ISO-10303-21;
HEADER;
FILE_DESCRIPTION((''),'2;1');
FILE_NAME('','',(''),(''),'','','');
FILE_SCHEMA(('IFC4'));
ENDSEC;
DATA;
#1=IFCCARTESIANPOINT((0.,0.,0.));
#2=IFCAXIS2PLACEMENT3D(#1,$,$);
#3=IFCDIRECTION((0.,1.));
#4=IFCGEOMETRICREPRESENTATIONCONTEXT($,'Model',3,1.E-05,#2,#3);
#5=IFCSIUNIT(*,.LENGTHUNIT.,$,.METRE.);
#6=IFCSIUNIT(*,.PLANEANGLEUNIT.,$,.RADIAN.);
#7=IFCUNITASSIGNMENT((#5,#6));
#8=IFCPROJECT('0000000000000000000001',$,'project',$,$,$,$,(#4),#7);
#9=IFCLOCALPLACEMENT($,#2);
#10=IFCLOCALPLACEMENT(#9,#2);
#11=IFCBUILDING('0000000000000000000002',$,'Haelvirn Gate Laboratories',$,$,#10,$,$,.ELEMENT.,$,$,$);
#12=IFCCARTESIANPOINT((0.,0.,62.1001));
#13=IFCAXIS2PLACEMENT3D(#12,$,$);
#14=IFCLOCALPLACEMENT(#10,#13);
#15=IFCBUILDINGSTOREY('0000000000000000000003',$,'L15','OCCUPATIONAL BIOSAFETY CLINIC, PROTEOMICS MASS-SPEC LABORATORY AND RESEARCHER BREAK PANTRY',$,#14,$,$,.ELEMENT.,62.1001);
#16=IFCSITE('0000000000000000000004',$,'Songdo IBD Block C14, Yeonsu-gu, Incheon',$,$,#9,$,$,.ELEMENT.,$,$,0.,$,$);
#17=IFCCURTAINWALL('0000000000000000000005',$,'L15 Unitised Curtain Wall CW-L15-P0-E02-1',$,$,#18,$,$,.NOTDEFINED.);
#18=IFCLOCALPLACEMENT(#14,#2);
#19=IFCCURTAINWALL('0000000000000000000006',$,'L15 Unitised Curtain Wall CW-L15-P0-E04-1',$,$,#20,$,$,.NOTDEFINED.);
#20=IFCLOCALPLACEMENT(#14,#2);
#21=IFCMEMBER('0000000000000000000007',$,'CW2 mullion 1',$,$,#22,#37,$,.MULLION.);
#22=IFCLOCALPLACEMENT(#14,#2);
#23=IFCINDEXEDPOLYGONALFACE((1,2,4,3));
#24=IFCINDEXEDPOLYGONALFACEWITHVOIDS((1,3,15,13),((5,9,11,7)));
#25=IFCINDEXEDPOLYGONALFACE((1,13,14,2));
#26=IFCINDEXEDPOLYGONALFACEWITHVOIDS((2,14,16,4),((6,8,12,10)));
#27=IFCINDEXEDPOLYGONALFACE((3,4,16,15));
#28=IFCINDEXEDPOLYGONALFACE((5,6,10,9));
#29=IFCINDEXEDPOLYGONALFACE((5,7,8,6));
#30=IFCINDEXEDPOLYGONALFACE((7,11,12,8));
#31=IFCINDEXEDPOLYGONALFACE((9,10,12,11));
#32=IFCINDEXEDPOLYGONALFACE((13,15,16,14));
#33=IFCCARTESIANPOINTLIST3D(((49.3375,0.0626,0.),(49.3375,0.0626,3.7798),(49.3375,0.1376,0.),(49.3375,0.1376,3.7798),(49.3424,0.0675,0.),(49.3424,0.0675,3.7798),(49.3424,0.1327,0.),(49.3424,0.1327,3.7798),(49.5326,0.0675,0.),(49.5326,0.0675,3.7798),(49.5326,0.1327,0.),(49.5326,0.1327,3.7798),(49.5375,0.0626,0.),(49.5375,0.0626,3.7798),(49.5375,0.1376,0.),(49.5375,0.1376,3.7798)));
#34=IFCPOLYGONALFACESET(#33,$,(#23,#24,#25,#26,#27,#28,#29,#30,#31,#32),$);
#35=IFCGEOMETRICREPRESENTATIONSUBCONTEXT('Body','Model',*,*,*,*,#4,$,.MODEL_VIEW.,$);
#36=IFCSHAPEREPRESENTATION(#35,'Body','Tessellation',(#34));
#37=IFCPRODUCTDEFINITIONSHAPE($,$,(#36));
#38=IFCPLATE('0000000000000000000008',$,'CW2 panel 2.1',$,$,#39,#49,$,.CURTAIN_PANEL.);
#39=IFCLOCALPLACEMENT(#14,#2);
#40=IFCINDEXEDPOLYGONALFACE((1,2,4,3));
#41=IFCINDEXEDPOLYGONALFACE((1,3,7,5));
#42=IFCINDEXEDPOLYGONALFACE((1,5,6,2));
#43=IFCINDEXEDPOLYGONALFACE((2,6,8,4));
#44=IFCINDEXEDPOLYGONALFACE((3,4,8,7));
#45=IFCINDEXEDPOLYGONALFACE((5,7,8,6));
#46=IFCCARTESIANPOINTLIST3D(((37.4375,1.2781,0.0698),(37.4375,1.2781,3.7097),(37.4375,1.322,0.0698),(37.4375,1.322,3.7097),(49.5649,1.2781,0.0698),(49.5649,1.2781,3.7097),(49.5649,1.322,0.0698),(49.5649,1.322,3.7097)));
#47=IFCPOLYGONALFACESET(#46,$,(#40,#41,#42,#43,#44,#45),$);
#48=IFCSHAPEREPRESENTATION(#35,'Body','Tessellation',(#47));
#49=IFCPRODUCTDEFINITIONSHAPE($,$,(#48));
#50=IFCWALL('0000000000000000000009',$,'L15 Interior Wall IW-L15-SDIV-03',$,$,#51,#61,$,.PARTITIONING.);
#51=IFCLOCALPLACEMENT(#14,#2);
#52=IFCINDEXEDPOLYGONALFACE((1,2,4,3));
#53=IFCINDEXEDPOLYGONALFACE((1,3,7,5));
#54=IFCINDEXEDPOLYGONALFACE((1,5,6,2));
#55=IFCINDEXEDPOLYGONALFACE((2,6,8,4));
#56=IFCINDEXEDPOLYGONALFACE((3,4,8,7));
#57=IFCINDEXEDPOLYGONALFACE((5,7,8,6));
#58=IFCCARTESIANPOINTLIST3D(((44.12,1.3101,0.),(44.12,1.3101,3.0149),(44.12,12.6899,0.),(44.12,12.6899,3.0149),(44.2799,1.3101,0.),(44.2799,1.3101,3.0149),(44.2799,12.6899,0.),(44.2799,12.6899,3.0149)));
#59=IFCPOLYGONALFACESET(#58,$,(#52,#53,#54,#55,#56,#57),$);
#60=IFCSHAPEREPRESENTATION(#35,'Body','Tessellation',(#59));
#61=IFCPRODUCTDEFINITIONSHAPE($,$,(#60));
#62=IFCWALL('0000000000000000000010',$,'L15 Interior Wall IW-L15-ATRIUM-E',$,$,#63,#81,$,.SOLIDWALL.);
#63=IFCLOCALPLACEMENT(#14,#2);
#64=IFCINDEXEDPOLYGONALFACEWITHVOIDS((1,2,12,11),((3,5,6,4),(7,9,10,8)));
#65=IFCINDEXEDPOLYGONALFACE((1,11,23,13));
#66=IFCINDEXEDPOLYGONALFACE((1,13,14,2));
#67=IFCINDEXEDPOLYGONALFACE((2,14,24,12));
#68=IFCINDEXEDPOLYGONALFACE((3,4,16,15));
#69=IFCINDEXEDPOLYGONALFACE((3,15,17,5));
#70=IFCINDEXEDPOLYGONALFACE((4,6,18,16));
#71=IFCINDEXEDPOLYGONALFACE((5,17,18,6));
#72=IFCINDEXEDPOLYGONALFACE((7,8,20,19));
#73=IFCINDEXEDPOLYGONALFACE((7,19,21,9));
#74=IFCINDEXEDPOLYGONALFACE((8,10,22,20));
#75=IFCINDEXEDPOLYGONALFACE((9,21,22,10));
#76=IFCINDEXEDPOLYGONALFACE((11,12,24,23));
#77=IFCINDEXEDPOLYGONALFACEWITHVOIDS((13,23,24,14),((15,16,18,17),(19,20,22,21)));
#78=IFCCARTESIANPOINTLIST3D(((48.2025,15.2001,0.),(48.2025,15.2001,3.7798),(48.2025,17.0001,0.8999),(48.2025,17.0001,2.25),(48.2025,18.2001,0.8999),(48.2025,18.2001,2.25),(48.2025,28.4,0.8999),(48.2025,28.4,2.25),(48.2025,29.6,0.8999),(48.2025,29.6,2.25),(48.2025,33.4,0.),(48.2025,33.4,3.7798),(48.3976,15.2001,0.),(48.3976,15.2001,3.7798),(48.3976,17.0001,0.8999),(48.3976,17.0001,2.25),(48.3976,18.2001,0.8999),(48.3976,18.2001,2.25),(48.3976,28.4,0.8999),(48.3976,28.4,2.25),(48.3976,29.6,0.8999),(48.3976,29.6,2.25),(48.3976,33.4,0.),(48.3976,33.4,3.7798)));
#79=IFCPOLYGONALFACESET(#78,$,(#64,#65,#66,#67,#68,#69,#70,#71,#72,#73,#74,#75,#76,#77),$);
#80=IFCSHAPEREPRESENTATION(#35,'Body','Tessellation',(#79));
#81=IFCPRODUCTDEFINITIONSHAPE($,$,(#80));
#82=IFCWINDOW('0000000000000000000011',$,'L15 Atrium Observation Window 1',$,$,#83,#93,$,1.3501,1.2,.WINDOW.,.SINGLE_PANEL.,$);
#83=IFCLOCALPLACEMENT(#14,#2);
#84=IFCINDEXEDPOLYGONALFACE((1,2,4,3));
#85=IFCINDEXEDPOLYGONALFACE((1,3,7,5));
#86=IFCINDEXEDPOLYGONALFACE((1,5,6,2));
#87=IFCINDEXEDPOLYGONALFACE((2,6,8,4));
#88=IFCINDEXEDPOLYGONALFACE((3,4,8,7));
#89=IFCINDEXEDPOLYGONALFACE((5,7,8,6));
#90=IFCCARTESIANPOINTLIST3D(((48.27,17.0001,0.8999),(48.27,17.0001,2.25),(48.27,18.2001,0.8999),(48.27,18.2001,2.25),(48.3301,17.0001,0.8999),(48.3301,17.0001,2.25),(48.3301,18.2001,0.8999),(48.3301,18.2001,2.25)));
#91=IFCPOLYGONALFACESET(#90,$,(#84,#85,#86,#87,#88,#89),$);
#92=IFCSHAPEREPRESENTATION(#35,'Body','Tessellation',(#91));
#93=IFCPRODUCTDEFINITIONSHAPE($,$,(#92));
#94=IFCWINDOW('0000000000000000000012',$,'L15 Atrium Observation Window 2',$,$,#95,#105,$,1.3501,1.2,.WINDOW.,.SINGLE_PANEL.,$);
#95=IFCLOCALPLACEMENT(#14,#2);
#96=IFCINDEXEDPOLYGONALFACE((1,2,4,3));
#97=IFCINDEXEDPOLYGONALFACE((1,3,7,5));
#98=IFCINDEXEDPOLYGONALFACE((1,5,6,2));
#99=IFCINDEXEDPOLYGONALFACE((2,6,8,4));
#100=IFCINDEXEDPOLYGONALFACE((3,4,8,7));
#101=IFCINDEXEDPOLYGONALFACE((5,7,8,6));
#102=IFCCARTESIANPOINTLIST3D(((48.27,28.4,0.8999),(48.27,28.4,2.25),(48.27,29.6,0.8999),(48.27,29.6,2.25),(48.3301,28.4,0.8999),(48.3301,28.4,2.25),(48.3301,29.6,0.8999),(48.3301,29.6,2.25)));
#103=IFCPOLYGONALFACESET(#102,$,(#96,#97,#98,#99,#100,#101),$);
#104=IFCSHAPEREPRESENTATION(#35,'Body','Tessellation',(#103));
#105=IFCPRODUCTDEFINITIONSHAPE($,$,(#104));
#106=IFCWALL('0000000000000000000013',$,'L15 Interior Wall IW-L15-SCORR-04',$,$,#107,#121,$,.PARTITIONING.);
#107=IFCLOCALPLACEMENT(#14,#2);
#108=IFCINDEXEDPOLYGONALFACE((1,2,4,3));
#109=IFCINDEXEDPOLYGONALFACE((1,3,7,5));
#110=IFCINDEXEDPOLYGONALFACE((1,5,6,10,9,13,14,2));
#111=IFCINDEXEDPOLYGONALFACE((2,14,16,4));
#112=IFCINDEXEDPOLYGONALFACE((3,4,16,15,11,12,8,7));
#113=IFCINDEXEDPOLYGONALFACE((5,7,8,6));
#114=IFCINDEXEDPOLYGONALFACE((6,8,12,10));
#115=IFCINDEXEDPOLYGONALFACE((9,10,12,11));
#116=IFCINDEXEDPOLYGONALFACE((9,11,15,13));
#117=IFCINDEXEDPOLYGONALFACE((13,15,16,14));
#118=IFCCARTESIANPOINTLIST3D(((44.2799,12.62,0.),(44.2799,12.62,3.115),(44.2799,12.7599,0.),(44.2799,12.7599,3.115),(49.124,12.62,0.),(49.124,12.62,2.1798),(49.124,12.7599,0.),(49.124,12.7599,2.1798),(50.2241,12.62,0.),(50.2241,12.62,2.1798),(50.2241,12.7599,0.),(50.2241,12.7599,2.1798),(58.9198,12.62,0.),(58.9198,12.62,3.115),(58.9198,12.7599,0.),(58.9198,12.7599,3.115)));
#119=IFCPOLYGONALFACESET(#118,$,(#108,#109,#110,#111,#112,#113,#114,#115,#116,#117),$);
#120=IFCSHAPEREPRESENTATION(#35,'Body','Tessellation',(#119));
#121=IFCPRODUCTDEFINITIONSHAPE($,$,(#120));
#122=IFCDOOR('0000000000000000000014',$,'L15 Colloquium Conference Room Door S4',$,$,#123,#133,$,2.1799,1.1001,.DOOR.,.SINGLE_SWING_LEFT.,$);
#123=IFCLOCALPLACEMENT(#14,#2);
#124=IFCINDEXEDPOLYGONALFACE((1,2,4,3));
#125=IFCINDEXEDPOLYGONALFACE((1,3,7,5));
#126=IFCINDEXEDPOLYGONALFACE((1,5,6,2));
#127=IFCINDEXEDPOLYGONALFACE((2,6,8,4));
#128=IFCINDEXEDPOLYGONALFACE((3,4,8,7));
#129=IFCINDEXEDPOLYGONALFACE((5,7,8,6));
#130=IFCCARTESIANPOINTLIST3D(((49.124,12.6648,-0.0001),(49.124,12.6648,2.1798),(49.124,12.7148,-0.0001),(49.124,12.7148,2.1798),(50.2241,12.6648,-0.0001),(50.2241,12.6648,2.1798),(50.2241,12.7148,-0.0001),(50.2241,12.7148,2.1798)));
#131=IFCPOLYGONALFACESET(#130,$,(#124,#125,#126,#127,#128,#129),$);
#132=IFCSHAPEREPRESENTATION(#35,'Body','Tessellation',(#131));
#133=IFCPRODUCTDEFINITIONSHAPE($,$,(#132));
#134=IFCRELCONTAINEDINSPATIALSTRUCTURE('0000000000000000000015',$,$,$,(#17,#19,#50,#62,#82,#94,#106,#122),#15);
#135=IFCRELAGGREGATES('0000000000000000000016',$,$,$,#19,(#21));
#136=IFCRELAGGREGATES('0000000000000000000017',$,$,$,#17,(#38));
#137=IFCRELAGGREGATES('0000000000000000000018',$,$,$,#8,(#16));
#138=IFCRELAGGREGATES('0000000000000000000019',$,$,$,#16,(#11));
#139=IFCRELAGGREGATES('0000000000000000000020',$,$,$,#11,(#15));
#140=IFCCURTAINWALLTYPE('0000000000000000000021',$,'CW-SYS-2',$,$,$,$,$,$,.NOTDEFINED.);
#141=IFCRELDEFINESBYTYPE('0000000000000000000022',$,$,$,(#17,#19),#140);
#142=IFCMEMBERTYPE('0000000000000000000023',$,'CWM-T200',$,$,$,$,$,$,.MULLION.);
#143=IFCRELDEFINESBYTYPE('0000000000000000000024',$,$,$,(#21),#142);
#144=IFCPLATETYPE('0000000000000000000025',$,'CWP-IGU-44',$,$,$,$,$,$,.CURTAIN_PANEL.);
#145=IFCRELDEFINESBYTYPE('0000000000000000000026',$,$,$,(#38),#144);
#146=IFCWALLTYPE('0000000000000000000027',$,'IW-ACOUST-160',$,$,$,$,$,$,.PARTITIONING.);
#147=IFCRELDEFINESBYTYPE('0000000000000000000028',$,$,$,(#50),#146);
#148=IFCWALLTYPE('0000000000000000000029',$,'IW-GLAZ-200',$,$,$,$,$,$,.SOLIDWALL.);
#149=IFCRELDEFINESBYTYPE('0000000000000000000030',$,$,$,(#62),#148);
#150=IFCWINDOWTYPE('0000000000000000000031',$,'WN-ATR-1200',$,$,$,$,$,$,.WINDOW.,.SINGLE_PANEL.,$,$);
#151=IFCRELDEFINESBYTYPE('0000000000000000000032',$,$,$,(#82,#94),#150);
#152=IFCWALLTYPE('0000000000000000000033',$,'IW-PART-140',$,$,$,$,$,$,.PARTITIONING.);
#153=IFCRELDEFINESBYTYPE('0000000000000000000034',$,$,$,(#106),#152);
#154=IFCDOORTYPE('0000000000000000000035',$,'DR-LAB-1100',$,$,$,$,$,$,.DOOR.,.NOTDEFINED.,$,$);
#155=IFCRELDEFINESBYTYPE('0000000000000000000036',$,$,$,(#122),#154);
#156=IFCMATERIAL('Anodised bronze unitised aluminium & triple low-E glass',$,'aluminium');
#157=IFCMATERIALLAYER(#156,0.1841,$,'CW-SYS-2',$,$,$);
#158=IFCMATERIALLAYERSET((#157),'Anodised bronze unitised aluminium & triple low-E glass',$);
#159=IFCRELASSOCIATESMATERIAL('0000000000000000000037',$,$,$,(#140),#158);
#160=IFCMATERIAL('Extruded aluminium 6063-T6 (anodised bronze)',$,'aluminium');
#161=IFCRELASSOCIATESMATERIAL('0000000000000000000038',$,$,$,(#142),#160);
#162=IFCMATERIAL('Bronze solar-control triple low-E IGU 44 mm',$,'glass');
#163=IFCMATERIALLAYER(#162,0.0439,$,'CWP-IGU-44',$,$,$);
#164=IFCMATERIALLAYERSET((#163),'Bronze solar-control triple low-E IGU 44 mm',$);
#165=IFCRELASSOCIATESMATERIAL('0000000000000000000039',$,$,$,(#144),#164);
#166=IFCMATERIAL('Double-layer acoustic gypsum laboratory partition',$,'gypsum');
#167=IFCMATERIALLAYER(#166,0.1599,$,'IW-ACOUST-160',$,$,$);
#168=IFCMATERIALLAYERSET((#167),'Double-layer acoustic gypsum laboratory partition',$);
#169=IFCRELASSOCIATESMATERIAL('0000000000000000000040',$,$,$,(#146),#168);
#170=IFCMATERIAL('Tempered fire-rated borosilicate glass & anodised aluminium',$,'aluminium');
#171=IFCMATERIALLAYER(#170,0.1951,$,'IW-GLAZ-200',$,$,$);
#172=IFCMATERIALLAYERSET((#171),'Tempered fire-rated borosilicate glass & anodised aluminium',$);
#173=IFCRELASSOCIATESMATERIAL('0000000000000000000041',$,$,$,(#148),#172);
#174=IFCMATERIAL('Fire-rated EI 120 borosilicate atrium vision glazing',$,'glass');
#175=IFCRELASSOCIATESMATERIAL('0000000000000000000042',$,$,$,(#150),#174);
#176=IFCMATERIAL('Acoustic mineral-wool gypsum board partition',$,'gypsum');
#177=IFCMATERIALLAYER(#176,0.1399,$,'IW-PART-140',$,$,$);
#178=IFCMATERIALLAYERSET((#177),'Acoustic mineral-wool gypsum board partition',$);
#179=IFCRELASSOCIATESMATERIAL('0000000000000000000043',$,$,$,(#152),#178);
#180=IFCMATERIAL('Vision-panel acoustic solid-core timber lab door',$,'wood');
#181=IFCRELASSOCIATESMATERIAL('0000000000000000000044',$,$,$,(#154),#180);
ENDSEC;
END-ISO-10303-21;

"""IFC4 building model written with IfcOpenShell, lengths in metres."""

from ifc_helpers import new_model, si_unit, direction, frame, frame_2d, origin, origin_2d, place, context, subcontext, project, spatial, rectangle, hollow_rectangle, extrude, source, transform, mapped, material, layer, layer_set, material_profile, profile_set, type_object, type_shapes, element, fill, aggregate, save


model = new_model("IFC4")

# Units and contexts
model_context = context("Model", 3, precision=1e-05, world=origin(), true_north=direction((0.0, 1.0)))
body_context = subcontext(model_context, "Body", "Model", "MODEL_VIEW")
ifc_project = project(units=[si_unit("LENGTHUNIT", "METRE"), si_unit("PLANEANGLEUNIT", "RADIAN")], contexts=[model_context])

# Site, building, storey
site_placement = place(None, origin())
site = spatial("IfcSite", under=ifc_project, at=site_placement, Name="Songdo IBD Block C14, Yeonsu-gu, Incheon", CompositionType="ELEMENT", RefElevation=0.0)
building_placement = place(site_placement, origin())
building = spatial("IfcBuilding", under=site, at=building_placement, Name="Haelvirn Gate Laboratories", CompositionType="ELEMENT")
storey_placement = place(building_placement, frame((0.0, 0.0, 62.1001)))
storey = spatial("IfcBuildingStorey", under=building, at=storey_placement, Name="L15", Description="OCCUPATIONAL BIOSAFETY CLINIC, PROTEOMICS MASS-SPEC LABORATORY AND RESEARCHER BREAK PANTRY", CompositionType="ELEMENT", Elevation=62.1001)

# Curtain walls
ifc_material_1 = material(Name="Anodised bronze unitised aluminium & triple low-E glass", Category="aluminium")
ifc_layer_1 = layer(ifc_material_1, 0.1841, Name="CW-SYS-2")
ifc_layer_set_1 = layer_set([ifc_layer_1], Name="Anodised bronze unitised aluminium & triple low-E glass")
curtain_wall_type = type_object("IfcCurtainWallType", Name="CW-SYS-2", PredefinedType="NOTDEFINED", material=ifc_layer_set_1)
curtain_wall_1_placement = place(storey_placement, origin())
curtain_wall_1 = element("IfcCurtainWall", 1, at=curtain_wall_1_placement, inside=storey, type_object=curtain_wall_type, Name="L15 Unitised Curtain Wall CW-L15-P0-E02-1", PredefinedType="NOTDEFINED")
ifc_material_2 = material(Name="Extruded aluminium 6063-T6 (anodised bronze)", Category="aluminium")
curtain_wall_2_placement = place(storey_placement, origin())
curtain_wall_2 = element("IfcCurtainWall", 2, at=curtain_wall_2_placement, inside=storey, type_object=curtain_wall_type, Name="L15 Unitised Curtain Wall CW-L15-P0-E04-1", PredefinedType="NOTDEFINED")

# Member
ifc_material_profile_1 = material_profile(ifc_material_2, hollow_rectangle(XDim=0.075, YDim=0.2, WallThickness=0.0049, at=origin_2d()), Name="CWM-200x75x5")
ifc_profile_set_1 = profile_set([ifc_material_profile_1], Name="Extruded aluminium 6063-T6 (anodised bronze)")
member_type_1 = type_object("IfcMemberType", Name="CWM-T200", PredefinedType="MULLION", material=ifc_profile_set_1)
shared_shape_1 = source(origin(), body_context, "Body", "SweptSolid", [
    extrude(hollow_rectangle(XDim=0.075, YDim=0.2, WallThickness=0.0049, at=origin_2d()), origin(), (0.0, 0.0, 1.0), 3.7798),
])
type_shapes(member_type_1, [shared_shape_1])
member_1_placement = place(storey_placement, frame((49.4375, 0.1001, 0.0), z_axis=(0.0, 0.0, 1.0), x_axis=(0.0, 1.0, 0.0)))
member_1 = element("IfcMember", 3, at=member_1_placement, type_object=member_type_1, Name="CW2 mullion 1", PredefinedType="MULLION", context=body_context, shape_type="MappedRepresentation", body=[
    mapped(shared_shape_1, transform((0.0, 0.0, 0.0), scale=1.0)),
])
aggregate(curtain_wall_2, [member_1])

# Plate
ifc_material_3 = material(Name="Bronze solar-control triple low-E IGU 44 mm", Category="glass")
ifc_layer_2 = layer(ifc_material_3, 0.0439, Name="CWP-IGU-44")
ifc_layer_set_2 = layer_set([ifc_layer_2], Name="Bronze solar-control triple low-E IGU 44 mm")
plate_type = type_object("IfcPlateType", Name="CWP-IGU-44", PredefinedType="CURTAIN_PANEL", material=ifc_layer_set_2)
shared_shape_2 = source(origin(), body_context, "Body", "SweptSolid", [
    extrude(rectangle(XDim=12.1274, YDim=0.0439, at=origin_2d()), origin(), (0.0, 0.0, 1.0), 3.6399),
])
type_shapes(plate_type, [shared_shape_2])
plate_placement = place(storey_placement, frame((43.5012, 1.3, 0.0698), z_axis=(0.0, 0.0, 1.0), x_axis=(1.0, 0.0, 0.0)))
plate = element("IfcPlate", 4, at=plate_placement, type_object=plate_type, Name="CW2 panel 2.1", PredefinedType="CURTAIN_PANEL", context=body_context, shape_type="MappedRepresentation", body=[
    mapped(shared_shape_2, transform((0.0, 0.0, 0.0), scale=1.0)),
])
aggregate(curtain_wall_1, [plate])

# Wall
ifc_material_4 = material(Name="Double-layer acoustic gypsum laboratory partition", Category="gypsum")
ifc_layer_3 = layer(ifc_material_4, 0.1599, Name="IW-ACOUST-160")
ifc_layer_set_3 = layer_set([ifc_layer_3], Name="Double-layer acoustic gypsum laboratory partition")
wall_type_1 = type_object("IfcWallType", Name="IW-ACOUST-160", PredefinedType="PARTITIONING", material=ifc_layer_set_3)
wall_1_placement = place(storey_placement, frame((44.2, 1.3101, 0.0), z_axis=(0.0, 0.0, 1.0), x_axis=(0.0, 1.0, 0.0)))
element("IfcWall", 5, at=wall_1_placement, inside=storey, type_object=wall_type_1, Name="L15 Interior Wall IW-L15-SDIV-03", PredefinedType="PARTITIONING", context=body_context, shape_type="SweptSolid", body=[
    extrude(rectangle(XDim=11.3799, YDim=0.1599, at=frame_2d((5.6899, 0.0))), origin(), (0.0, 0.0, 1.0), 3.0149),
])

# Wall, openings, windows
ifc_material_5 = material(Name="Tempered fire-rated borosilicate glass & anodised aluminium", Category="aluminium")
ifc_layer_4 = layer(ifc_material_5, 0.1951, Name="IW-GLAZ-200")
ifc_layer_set_4 = layer_set([ifc_layer_4], Name="Tempered fire-rated borosilicate glass & anodised aluminium")
wall_type_2 = type_object("IfcWallType", Name="IW-GLAZ-200", PredefinedType="SOLIDWALL", material=ifc_layer_set_4)
wall_2_placement = place(storey_placement, frame((48.3, 15.2, 0.0), z_axis=(0.0, 0.0, 1.0), x_axis=(0.0, 1.0, 0.0)))
wall_2 = element("IfcWall", 6, at=wall_2_placement, inside=storey, type_object=wall_type_2, Name="L15 Interior Wall IW-L15-ATRIUM-E", PredefinedType="SOLIDWALL", context=body_context, shape_type="SweptSolid", body=[
    extrude(rectangle(XDim=18.2, YDim=0.1951, at=frame_2d((9.1001, 0.0))), origin(), (0.0, 0.0, 1.0), 3.7798),
])
opening_1_placement = place(wall_2_placement, frame((1.8, 0.0, 0.8999)))
opening_1 = element("IfcOpeningElement", 7, at=opening_1_placement, cuts=wall_2, PredefinedType="OPENING", context=body_context, shape_type="SweptSolid", body=[
    extrude(rectangle(XDim=1.2, YDim=1.3501, at=frame_2d((0.6001, 0.675))), frame((0.0, 0.1074, 0.0), z_axis=(0.0, -1.0, 0.0), x_axis=(1.0, 0.0, 0.0)), (0.0, 0.0, 1.0), 0.2151),
])
opening_2_placement = place(wall_2_placement, frame((13.2, 0.0, 0.8999)))
opening_2 = element("IfcOpeningElement", 8, at=opening_2_placement, cuts=wall_2, PredefinedType="OPENING", context=body_context, shape_type="SweptSolid", body=[
    extrude(rectangle(XDim=1.2, YDim=1.3501, at=frame_2d((0.6001, 0.675))), frame((0.0, 0.1074, 0.0), z_axis=(0.0, -1.0, 0.0), x_axis=(1.0, 0.0, 0.0)), (0.0, 0.0, 1.0), 0.2151),
])
ifc_material_6 = material(Name="Fire-rated EI 120 borosilicate atrium vision glazing", Category="glass")
window_type = type_object("IfcWindowType", Name="WN-ATR-1200", PartitioningType="SINGLE_PANEL", PredefinedType="WINDOW", material=ifc_material_6)
shared_shape_3 = source(origin(), body_context, "Body", "SweptSolid", [
    extrude(rectangle(XDim=1.2, YDim=1.3501, at=frame_2d((0.6001, 0.675))), frame((0.0, 0.03, 0.0), z_axis=(0.0, -1.0, 0.0), x_axis=(1.0, 0.0, 0.0)), (0.0, 0.0, 1.0), 0.0601),
])
type_shapes(window_type, [shared_shape_3])
window_1_placement = place(opening_1_placement, origin())
window_1 = element("IfcWindow", 9, at=window_1_placement, inside=storey, type_object=window_type, Name="L15 Atrium Observation Window 1", OverallHeight=1.3501, OverallWidth=1.2, PartitioningType="SINGLE_PANEL", PredefinedType="WINDOW", context=body_context, shape_type="MappedRepresentation", body=[
    mapped(shared_shape_3, transform((0.0, 0.0, 0.0), scale=1.0)),
])
fill(opening_1, window_1)
window_2_placement = place(opening_2_placement, origin())
window_2 = element("IfcWindow", 10, at=window_2_placement, inside=storey, type_object=window_type, Name="L15 Atrium Observation Window 2", OverallHeight=1.3501, OverallWidth=1.2, PartitioningType="SINGLE_PANEL", PredefinedType="WINDOW", context=body_context, shape_type="MappedRepresentation", body=[
    mapped(shared_shape_3, transform((0.0, 0.0, 0.0), scale=1.0)),
])
fill(opening_2, window_2)

# Wall, opening, door
ifc_material_7 = material(Name="Acoustic mineral-wool gypsum board partition", Category="gypsum")
ifc_layer_5 = layer(ifc_material_7, 0.1399, Name="IW-PART-140")
ifc_layer_set_5 = layer_set([ifc_layer_5], Name="Acoustic mineral-wool gypsum board partition")
wall_type_3 = type_object("IfcWallType", Name="IW-PART-140", PredefinedType="PARTITIONING", material=ifc_layer_set_5)
wall_3_placement = place(storey_placement, frame((44.28, 12.6899, 0.0), z_axis=(0.0, 0.0, 1.0), x_axis=(1.0, 0.0, 0.0)))
wall_3 = element("IfcWall", 11, at=wall_3_placement, inside=storey, type_object=wall_type_3, Name="L15 Interior Wall IW-L15-SCORR-04", PredefinedType="PARTITIONING", context=body_context, shape_type="SweptSolid", body=[
    extrude(rectangle(XDim=14.6399, YDim=0.1399, at=frame_2d((7.3198, 0.0))), origin(), (0.0, 0.0, 1.0), 3.115),
])
opening_3_placement = place(wall_3_placement, frame((4.844, 0.0, 0.0)))
opening_3 = element("IfcOpeningElement", 12, at=opening_3_placement, cuts=wall_3, PredefinedType="OPENING", context=body_context, shape_type="SweptSolid", body=[
    extrude(rectangle(XDim=1.1001, YDim=2.1799, at=frame_2d((0.55, 1.0898))), frame((0.0, 0.0801, 0.0), z_axis=(0.0, -1.0, 0.0), x_axis=(1.0, 0.0, 0.0)), (0.0, 0.0, 1.0), 0.1599),
])
ifc_material_8 = material(Name="Vision-panel acoustic solid-core timber lab door", Category="wood")
door_type = type_object("IfcDoorType", Name="DR-LAB-1100", OperationType="NOTDEFINED", PredefinedType="DOOR", material=ifc_material_8)
shared_shape_4 = source(origin(), body_context, "Body", "SweptSolid", [
    extrude(rectangle(XDim=1.1001, YDim=2.1799, at=frame_2d((0.55, 1.0898))), frame((0.0, 0.0249, 0.0), z_axis=(0.0, -1.0, 0.0), x_axis=(1.0, 0.0, 0.0)), (0.0, 0.0, 1.0), 0.05),
])
type_shapes(door_type, [shared_shape_4])
door_placement = place(opening_3_placement, origin())
door = element("IfcDoor", 13, at=door_placement, inside=storey, type_object=door_type, Name="L15 Colloquium Conference Room Door S4", OperationType="SINGLE_SWING_LEFT", OverallHeight=2.1799, OverallWidth=1.1001, PredefinedType="DOOR", context=body_context, shape_type="MappedRepresentation", body=[
    mapped(shared_shape_4, transform((0.0, 0.0, 0.0), scale=1.0)),
])
fill(opening_3, door)

save(model, "model.ifc")
